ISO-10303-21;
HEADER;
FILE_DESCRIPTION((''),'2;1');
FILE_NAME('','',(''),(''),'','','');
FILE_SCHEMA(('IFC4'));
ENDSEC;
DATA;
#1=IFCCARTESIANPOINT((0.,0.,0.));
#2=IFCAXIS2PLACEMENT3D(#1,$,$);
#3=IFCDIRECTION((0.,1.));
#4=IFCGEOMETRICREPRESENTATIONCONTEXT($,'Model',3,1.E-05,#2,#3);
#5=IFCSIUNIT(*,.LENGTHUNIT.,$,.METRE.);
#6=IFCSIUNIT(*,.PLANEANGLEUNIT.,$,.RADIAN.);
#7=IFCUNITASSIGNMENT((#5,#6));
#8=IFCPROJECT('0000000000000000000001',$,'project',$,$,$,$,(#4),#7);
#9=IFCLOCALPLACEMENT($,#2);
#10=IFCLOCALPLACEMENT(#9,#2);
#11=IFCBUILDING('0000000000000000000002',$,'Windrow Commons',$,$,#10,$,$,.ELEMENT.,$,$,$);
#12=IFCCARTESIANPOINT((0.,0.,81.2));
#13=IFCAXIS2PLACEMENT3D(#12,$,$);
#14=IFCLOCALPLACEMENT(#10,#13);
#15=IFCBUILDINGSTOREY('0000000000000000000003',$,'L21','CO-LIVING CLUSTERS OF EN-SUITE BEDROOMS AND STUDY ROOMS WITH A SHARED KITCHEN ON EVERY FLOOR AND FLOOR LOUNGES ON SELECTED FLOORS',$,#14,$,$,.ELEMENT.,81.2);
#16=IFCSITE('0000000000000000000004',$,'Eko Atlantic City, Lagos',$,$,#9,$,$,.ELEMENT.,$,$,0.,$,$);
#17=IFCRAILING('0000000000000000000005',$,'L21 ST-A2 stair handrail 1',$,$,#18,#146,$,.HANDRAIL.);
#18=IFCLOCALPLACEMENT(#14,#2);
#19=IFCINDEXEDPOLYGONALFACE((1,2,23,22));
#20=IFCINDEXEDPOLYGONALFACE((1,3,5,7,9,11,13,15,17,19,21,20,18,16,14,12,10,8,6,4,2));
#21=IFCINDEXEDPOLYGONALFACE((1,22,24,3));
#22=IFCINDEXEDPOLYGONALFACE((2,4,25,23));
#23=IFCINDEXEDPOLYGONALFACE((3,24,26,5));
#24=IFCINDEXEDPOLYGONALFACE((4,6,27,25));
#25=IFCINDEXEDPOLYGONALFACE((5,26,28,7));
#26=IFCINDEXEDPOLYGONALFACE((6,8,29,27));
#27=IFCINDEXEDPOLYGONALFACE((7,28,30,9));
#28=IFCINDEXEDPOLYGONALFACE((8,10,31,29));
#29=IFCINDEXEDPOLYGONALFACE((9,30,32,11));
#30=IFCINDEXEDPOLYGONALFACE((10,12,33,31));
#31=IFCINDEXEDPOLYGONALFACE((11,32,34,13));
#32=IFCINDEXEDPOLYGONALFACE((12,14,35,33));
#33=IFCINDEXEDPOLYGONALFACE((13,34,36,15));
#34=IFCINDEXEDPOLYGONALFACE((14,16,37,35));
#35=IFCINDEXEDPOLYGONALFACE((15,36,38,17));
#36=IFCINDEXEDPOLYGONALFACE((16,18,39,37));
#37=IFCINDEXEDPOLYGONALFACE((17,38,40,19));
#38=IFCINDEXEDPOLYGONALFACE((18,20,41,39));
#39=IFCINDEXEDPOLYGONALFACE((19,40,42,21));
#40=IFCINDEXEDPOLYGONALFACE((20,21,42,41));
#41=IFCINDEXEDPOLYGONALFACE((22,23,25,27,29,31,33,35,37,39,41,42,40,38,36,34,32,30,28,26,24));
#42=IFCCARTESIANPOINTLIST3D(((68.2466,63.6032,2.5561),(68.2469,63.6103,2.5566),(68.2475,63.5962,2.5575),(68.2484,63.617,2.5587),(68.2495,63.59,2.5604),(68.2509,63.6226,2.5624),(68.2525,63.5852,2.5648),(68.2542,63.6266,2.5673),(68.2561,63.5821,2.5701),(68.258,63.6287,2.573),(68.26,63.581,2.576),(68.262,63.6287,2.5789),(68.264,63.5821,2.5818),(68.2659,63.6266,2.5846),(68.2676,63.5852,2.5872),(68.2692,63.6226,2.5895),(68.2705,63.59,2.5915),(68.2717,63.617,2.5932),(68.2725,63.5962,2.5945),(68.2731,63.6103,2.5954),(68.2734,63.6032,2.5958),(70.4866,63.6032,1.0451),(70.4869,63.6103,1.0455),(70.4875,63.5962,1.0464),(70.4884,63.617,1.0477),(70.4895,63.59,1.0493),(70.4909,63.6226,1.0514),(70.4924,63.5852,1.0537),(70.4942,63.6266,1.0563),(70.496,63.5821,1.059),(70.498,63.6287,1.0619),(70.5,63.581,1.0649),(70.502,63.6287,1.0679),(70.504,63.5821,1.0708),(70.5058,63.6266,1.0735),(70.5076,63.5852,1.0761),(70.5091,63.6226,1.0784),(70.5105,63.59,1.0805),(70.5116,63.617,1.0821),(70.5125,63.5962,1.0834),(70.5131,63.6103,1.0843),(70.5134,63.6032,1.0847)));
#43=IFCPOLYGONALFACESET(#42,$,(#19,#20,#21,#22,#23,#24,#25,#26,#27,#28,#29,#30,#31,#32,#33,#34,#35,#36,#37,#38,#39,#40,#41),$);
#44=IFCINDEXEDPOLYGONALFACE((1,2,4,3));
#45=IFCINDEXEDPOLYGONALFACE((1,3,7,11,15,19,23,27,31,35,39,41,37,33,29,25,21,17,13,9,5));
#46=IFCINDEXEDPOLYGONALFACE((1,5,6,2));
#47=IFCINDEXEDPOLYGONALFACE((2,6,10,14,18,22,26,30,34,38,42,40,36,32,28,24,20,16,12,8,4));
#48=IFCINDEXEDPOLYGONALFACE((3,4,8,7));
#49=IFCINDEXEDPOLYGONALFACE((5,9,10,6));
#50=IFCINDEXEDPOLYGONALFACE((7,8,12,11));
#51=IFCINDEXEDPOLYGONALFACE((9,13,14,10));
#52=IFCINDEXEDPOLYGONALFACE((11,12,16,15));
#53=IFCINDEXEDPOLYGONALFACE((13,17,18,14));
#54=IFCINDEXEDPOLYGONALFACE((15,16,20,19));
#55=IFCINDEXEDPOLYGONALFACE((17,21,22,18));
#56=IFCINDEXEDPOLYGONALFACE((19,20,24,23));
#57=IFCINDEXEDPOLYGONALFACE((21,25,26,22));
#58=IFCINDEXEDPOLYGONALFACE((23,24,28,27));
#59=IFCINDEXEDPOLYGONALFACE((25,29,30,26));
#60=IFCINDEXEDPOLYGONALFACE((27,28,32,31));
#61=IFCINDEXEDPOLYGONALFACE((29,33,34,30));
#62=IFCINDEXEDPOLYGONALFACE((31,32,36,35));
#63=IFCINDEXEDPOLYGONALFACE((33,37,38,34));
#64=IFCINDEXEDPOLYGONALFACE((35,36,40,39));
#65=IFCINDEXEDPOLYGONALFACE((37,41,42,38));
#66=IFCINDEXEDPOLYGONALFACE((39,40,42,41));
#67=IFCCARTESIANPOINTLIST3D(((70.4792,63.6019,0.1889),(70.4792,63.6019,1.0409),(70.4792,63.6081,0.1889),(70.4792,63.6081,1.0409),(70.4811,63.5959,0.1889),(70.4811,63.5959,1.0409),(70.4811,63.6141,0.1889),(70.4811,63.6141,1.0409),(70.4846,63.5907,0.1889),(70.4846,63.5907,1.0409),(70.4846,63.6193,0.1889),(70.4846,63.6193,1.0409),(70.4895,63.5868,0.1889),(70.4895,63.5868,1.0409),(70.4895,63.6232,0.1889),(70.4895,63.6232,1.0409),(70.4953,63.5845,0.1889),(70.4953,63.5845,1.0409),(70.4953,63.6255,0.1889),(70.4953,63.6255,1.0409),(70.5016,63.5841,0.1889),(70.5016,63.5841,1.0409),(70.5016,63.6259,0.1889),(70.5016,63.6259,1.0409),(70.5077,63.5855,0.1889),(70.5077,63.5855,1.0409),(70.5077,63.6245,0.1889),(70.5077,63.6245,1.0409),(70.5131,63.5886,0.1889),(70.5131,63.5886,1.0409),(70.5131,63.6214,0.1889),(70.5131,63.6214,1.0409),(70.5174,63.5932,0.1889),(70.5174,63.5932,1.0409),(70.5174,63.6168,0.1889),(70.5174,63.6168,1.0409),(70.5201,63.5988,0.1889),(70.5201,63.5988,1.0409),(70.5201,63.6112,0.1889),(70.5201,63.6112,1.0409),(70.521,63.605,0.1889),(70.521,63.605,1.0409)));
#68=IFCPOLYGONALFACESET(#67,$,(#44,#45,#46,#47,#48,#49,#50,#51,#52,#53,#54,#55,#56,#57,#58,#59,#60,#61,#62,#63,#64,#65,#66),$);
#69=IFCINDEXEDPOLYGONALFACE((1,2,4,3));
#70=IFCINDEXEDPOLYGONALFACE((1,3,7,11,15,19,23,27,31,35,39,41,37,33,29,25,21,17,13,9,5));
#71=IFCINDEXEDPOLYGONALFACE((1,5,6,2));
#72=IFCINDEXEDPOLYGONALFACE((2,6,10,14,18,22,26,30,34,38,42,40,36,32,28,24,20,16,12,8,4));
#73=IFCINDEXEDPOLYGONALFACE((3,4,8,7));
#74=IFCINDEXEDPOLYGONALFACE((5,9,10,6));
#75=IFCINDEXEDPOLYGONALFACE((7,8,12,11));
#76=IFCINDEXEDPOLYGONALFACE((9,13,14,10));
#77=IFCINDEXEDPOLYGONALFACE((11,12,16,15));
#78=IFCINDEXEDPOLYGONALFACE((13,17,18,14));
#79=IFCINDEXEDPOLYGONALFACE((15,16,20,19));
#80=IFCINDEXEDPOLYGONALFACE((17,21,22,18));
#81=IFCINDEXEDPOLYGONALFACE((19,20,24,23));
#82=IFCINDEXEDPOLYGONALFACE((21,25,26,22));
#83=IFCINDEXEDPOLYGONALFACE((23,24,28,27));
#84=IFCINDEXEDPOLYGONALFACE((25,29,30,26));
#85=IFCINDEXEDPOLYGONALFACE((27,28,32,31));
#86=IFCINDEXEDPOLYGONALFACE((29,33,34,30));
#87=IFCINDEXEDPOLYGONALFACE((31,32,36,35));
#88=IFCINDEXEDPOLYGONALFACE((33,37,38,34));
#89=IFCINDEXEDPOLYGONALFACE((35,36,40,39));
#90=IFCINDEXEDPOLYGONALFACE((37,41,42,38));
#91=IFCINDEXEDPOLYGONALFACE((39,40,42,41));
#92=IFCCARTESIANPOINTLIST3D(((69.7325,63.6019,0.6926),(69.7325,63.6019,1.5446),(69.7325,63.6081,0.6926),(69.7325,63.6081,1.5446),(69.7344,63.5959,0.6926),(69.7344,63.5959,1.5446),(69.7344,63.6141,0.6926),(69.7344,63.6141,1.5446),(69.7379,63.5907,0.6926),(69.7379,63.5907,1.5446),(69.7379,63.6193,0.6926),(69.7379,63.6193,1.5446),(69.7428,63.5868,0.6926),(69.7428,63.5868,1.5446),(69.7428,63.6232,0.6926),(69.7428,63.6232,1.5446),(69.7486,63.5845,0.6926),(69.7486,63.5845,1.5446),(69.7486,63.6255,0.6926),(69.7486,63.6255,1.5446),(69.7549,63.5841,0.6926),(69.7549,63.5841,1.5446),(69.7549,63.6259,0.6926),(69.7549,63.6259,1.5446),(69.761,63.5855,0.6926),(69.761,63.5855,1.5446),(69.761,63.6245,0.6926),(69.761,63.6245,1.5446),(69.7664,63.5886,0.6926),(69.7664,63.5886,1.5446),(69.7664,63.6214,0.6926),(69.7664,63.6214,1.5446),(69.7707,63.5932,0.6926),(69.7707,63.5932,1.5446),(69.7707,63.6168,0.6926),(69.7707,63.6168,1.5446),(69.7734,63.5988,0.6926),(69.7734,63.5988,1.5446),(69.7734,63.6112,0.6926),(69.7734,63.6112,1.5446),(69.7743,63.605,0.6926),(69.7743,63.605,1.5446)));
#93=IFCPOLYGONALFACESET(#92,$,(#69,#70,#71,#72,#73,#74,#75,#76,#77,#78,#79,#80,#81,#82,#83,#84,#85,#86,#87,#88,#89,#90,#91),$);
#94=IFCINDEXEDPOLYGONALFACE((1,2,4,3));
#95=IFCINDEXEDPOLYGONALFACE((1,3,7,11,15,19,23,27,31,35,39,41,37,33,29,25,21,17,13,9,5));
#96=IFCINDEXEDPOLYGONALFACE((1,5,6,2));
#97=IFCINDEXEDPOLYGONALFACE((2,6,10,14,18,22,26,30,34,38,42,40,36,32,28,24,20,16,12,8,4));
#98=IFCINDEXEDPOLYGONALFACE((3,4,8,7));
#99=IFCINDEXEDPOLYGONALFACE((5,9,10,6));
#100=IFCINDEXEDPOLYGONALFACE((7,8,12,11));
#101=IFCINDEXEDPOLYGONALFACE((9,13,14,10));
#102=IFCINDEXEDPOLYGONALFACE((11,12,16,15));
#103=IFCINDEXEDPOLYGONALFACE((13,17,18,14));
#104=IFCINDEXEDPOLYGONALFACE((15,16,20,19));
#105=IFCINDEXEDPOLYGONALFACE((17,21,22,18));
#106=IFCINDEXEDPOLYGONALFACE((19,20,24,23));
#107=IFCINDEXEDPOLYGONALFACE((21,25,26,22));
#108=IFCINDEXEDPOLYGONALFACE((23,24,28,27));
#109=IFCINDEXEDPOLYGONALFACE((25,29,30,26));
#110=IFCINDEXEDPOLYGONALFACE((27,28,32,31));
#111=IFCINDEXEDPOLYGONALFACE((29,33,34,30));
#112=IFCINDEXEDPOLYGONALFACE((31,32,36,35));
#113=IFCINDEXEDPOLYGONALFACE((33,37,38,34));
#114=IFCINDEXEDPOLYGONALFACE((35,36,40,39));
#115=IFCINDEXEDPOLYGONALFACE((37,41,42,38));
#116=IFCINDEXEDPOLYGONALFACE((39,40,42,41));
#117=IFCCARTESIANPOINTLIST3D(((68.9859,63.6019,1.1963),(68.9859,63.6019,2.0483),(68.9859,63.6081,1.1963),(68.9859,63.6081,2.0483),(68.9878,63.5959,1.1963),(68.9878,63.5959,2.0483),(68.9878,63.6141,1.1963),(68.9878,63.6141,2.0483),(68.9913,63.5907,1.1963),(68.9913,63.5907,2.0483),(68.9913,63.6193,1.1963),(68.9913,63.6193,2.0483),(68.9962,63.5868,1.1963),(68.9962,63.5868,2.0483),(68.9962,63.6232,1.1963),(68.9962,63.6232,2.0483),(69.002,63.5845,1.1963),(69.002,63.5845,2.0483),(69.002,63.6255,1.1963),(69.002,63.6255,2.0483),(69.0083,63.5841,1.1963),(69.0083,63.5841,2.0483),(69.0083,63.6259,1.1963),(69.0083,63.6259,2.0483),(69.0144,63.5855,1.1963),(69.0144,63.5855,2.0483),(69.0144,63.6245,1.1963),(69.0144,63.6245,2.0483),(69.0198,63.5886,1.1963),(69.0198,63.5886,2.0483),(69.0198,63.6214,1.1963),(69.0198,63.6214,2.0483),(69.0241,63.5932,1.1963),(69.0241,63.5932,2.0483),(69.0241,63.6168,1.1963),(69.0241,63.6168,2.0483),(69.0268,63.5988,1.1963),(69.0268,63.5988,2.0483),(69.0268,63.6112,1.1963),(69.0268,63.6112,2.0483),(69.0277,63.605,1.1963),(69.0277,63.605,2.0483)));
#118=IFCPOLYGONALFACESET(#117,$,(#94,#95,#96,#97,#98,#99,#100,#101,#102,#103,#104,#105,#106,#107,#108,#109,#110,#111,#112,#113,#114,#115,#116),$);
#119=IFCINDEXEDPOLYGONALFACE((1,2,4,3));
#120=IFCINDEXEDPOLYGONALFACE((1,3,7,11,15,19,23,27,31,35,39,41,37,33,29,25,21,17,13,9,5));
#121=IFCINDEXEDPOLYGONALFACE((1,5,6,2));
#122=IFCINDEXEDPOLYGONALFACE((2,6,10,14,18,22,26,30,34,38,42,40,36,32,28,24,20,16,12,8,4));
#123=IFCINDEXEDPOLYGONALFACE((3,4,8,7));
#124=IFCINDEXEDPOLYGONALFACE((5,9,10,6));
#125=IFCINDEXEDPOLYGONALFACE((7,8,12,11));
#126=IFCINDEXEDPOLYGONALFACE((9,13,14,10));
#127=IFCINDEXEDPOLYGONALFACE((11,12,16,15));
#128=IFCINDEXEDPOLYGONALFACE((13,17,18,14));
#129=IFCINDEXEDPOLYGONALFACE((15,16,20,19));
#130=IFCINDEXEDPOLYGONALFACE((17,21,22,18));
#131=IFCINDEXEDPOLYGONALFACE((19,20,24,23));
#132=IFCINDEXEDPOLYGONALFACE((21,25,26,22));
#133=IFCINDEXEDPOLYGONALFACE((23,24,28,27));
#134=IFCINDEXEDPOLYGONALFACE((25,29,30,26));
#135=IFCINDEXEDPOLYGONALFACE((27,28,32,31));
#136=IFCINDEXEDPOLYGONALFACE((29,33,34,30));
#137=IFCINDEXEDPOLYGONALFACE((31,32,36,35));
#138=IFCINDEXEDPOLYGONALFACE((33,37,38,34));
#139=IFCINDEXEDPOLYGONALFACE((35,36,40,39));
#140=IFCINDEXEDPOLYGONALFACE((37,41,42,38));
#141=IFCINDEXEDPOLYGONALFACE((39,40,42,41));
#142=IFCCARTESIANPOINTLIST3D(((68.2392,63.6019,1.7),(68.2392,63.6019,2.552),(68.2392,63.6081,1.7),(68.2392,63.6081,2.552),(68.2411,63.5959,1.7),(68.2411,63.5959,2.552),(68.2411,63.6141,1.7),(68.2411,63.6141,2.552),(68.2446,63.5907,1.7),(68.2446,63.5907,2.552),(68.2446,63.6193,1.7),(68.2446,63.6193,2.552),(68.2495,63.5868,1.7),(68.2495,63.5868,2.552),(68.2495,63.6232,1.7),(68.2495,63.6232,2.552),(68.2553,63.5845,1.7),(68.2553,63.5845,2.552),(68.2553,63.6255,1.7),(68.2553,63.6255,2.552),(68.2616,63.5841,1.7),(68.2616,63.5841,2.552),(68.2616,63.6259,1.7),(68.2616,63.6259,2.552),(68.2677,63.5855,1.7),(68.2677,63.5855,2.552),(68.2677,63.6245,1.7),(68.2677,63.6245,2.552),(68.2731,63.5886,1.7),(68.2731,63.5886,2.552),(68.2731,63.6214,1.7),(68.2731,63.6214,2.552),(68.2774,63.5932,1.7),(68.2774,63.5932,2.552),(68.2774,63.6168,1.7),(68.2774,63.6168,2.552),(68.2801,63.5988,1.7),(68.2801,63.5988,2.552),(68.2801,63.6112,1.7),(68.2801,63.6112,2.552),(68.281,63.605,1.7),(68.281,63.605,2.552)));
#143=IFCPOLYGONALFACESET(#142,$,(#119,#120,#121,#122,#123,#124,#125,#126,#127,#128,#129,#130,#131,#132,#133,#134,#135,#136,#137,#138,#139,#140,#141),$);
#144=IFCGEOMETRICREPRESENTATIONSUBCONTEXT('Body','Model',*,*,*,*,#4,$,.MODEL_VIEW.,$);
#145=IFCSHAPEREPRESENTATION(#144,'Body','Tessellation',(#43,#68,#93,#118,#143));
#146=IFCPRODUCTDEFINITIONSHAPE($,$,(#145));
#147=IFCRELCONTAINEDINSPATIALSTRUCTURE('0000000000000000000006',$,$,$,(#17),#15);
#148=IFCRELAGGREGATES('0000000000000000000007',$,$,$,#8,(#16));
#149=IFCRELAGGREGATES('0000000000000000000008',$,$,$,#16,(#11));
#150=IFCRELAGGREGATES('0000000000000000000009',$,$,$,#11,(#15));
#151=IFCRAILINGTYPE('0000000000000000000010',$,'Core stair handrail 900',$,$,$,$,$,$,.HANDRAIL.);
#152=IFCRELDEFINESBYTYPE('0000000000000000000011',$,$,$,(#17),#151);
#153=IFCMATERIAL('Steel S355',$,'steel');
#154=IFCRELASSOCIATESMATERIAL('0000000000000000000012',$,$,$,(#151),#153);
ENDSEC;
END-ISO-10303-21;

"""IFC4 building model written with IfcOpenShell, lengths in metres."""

from ifc_helpers import new_model, si_unit, direction, frame, origin, origin_2d, place, context, subcontext, project, spatial, circle, extrude, material, type_object, element, save


model = new_model("IFC4")

# Units and contexts
model_context = context("Model", 3, precision=1e-05, world=origin(), true_north=direction((0.0, 1.0)))
body_context = subcontext(model_context, "Body", "Model", "MODEL_VIEW")
ifc_project = project(units=[si_unit("LENGTHUNIT", "METRE"), si_unit("PLANEANGLEUNIT", "RADIAN")], contexts=[model_context])

# Site, building, storey
site_placement = place(None, origin())
site = spatial("IfcSite", under=ifc_project, at=site_placement, Name="Eko Atlantic City, Lagos", CompositionType="ELEMENT", RefElevation=0.0)
building_placement = place(site_placement, origin())
building = spatial("IfcBuilding", under=site, at=building_placement, Name="Windrow Commons", CompositionType="ELEMENT")
storey_placement = place(building_placement, frame((0.0, 0.0, 81.2)))
storey = spatial("IfcBuildingStorey", under=building, at=storey_placement, Name="L21", Description="CO-LIVING CLUSTERS OF EN-SUITE BEDROOMS AND STUDY ROOMS WITH A SHARED KITCHEN ON EVERY FLOOR AND FLOOR LOUNGES ON SELECTED FLOORS", CompositionType="ELEMENT", Elevation=81.2)

# Railing
ifc_material_1 = material(Name="Steel S355", Category="steel")
railing_type_1 = type_object("IfcRailingType", Name="Core stair handrail 900", PredefinedType="HANDRAIL", material=ifc_material_1)
for number, where, name in (
    (1, (70.5, 63.605, 0.1889), "L21 ST-A2 stair handrail 1"),
):
    element("IfcRailing", number, at=place(storey_placement, frame(where)), inside=storey, type_object=railing_type_1, Name=name, PredefinedType="HANDRAIL", context=body_context, shape_type="SweptSolid", body=[
        extrude(circle(Radius=0.024, at=origin_2d()), frame((0.0, 0.0, 0.876), z_axis=(-0.829003, 0.0, 0.559244), x_axis=(0.0, -1.0, 0.0)), (0.0, 0.0, 1.0), 2.702),
        extrude(circle(Radius=0.021, at=origin_2d()), origin(), (0.0, 0.0, 1.0), 0.852),
        extrude(circle(Radius=0.021, at=origin_2d()), frame((-0.7467, 0.0, 0.5037)), (0.0, 0.0, 1.0), 0.852),
        extrude(circle(Radius=0.021, at=origin_2d()), frame((-1.4933, 0.0, 1.0074)), (0.0, 0.0, 1.0), 0.852),
        extrude(circle(Radius=0.021, at=origin_2d()), frame((-2.24, 0.0, 1.5111)), (0.0, 0.0, 1.0), 0.852),
    ])

save(model, "model.ifc")
